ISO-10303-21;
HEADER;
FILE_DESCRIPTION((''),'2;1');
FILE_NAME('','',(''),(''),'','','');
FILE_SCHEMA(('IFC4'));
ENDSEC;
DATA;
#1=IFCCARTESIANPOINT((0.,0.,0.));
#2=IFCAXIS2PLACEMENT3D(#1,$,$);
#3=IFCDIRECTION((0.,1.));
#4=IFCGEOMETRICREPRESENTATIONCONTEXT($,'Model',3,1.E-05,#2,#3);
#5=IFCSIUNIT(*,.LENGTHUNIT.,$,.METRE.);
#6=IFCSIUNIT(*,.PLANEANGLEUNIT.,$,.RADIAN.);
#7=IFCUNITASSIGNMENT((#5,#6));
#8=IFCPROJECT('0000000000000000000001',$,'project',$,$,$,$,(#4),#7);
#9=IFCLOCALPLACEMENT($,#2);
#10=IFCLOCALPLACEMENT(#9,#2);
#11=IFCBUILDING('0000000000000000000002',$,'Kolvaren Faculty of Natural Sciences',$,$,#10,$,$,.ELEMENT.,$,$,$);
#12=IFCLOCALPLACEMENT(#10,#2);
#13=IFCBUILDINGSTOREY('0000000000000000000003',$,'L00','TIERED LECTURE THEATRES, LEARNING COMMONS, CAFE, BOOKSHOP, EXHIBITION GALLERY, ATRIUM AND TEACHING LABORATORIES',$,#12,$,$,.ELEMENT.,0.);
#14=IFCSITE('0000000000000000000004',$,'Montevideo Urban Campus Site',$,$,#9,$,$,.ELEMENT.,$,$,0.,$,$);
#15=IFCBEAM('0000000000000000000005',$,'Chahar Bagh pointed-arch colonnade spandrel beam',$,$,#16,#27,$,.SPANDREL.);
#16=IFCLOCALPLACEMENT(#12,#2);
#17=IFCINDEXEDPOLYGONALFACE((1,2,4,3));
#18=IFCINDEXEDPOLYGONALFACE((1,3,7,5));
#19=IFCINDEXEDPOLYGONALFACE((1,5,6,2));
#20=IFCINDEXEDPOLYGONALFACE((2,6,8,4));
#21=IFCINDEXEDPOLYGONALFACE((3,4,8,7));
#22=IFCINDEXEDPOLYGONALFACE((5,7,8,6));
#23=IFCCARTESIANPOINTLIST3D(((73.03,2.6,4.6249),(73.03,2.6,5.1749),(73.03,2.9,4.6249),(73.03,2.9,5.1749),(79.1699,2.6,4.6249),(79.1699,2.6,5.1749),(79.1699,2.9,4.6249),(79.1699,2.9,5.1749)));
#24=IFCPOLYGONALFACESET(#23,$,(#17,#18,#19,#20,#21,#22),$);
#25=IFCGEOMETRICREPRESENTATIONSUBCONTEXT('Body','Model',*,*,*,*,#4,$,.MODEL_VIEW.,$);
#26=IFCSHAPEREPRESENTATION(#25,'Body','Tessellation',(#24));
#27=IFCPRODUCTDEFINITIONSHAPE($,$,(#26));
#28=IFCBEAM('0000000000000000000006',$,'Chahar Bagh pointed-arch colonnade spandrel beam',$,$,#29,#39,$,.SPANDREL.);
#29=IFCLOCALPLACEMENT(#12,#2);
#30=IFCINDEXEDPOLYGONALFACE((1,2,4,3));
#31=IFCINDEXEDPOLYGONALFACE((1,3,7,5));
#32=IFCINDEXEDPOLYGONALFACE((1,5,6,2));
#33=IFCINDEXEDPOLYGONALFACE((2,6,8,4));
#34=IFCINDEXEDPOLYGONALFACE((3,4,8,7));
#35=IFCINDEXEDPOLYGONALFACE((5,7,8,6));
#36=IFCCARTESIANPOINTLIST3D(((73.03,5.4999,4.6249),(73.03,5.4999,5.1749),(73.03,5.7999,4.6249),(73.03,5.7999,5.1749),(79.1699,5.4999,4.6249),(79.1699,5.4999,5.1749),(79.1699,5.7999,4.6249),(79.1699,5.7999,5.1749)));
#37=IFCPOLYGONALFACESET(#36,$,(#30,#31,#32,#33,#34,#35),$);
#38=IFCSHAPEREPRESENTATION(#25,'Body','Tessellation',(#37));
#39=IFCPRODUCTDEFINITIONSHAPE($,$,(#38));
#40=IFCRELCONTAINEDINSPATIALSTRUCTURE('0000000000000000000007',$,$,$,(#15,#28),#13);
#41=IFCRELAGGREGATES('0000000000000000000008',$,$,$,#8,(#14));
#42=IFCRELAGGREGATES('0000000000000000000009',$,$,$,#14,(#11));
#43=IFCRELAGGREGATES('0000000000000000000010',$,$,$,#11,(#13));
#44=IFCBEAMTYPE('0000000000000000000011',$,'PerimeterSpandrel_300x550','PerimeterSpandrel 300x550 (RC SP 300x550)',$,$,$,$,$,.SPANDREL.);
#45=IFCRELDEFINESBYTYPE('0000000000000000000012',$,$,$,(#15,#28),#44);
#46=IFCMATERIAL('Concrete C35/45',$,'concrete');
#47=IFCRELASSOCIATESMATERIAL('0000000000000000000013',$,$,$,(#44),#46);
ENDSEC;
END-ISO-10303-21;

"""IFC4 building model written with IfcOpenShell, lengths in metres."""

from ifc_helpers import new_model, si_unit, direction, frame, origin, origin_2d, place, context, subcontext, project, spatial, rectangle, extrude, material, material_profile, profile_set, type_object, element, save


model = new_model("IFC4")

# Units and contexts
model_context = context("Model", 3, precision=1e-05, world=origin(), true_north=direction((0.0, 1.0)))
body_context = subcontext(model_context, "Body", "Model", "MODEL_VIEW")
ifc_project = project(units=[si_unit("LENGTHUNIT", "METRE"), si_unit("PLANEANGLEUNIT", "RADIAN")], contexts=[model_context])

# Site, building, storey
site_placement = place(None, origin())
site = spatial("IfcSite", under=ifc_project, at=site_placement, Name="Montevideo Urban Campus Site", CompositionType="ELEMENT", RefElevation=0.0)
building_placement = place(site_placement, origin())
building = spatial("IfcBuilding", under=site, at=building_placement, Name="Kolvaren Faculty of Natural Sciences", CompositionType="ELEMENT")
storey_placement = place(building_placement, origin())
storey = spatial("IfcBuildingStorey", under=building, at=storey_placement, Name="L00", Description="TIERED LECTURE THEATRES, LEARNING COMMONS, CAFE, BOOKSHOP, EXHIBITION GALLERY, ATRIUM AND TEACHING LABORATORIES", CompositionType="ELEMENT", Elevation=0.0)

# Shared definitions
ifc_material_1 = material(Name="Concrete C35/45", Category="concrete")

# Beams
ifc_material_profile_1 = material_profile(ifc_material_1, rectangle(XDim=0.3, YDim=0.55, at=origin_2d()), Name="RC SP 300x550")
ifc_profile_set_1 = profile_set([ifc_material_profile_1], Name="Concrete C35/45")
beam_type = type_object("IfcBeamType", Name="PerimeterSpandrel_300x550", Description="PerimeterSpandrel 300x550 (RC SP 300x550)", PredefinedType="SPANDREL", material=ifc_profile_set_1)
for number, where, z_axis, x_axis, name in (
    (1, (73.03, 2.75, 4.8999), (1.0, 0.0, 0.0), (0.0, 1.0, 0.0), "Chahar Bagh pointed-arch colonnade spandrel beam"),
    (2, (73.03, 5.6499, 4.8999), (1.0, 0.0, 0.0), (0.0, 1.0, 0.0), "Chahar Bagh pointed-arch colonnade spandrel beam"),
):
    element("IfcBeam", number, at=place(storey_placement, frame(where, z_axis=z_axis, x_axis=x_axis)), inside=storey, type_object=beam_type, Name=name, PredefinedType="SPANDREL", context=body_context, shape_type="SweptSolid", body=[
        extrude(rectangle(XDim=0.3, YDim=0.55, at=origin_2d()), origin(), (0.0, 0.0, 1.0), 6.1399),
    ])

save(model, "model.ifc")
